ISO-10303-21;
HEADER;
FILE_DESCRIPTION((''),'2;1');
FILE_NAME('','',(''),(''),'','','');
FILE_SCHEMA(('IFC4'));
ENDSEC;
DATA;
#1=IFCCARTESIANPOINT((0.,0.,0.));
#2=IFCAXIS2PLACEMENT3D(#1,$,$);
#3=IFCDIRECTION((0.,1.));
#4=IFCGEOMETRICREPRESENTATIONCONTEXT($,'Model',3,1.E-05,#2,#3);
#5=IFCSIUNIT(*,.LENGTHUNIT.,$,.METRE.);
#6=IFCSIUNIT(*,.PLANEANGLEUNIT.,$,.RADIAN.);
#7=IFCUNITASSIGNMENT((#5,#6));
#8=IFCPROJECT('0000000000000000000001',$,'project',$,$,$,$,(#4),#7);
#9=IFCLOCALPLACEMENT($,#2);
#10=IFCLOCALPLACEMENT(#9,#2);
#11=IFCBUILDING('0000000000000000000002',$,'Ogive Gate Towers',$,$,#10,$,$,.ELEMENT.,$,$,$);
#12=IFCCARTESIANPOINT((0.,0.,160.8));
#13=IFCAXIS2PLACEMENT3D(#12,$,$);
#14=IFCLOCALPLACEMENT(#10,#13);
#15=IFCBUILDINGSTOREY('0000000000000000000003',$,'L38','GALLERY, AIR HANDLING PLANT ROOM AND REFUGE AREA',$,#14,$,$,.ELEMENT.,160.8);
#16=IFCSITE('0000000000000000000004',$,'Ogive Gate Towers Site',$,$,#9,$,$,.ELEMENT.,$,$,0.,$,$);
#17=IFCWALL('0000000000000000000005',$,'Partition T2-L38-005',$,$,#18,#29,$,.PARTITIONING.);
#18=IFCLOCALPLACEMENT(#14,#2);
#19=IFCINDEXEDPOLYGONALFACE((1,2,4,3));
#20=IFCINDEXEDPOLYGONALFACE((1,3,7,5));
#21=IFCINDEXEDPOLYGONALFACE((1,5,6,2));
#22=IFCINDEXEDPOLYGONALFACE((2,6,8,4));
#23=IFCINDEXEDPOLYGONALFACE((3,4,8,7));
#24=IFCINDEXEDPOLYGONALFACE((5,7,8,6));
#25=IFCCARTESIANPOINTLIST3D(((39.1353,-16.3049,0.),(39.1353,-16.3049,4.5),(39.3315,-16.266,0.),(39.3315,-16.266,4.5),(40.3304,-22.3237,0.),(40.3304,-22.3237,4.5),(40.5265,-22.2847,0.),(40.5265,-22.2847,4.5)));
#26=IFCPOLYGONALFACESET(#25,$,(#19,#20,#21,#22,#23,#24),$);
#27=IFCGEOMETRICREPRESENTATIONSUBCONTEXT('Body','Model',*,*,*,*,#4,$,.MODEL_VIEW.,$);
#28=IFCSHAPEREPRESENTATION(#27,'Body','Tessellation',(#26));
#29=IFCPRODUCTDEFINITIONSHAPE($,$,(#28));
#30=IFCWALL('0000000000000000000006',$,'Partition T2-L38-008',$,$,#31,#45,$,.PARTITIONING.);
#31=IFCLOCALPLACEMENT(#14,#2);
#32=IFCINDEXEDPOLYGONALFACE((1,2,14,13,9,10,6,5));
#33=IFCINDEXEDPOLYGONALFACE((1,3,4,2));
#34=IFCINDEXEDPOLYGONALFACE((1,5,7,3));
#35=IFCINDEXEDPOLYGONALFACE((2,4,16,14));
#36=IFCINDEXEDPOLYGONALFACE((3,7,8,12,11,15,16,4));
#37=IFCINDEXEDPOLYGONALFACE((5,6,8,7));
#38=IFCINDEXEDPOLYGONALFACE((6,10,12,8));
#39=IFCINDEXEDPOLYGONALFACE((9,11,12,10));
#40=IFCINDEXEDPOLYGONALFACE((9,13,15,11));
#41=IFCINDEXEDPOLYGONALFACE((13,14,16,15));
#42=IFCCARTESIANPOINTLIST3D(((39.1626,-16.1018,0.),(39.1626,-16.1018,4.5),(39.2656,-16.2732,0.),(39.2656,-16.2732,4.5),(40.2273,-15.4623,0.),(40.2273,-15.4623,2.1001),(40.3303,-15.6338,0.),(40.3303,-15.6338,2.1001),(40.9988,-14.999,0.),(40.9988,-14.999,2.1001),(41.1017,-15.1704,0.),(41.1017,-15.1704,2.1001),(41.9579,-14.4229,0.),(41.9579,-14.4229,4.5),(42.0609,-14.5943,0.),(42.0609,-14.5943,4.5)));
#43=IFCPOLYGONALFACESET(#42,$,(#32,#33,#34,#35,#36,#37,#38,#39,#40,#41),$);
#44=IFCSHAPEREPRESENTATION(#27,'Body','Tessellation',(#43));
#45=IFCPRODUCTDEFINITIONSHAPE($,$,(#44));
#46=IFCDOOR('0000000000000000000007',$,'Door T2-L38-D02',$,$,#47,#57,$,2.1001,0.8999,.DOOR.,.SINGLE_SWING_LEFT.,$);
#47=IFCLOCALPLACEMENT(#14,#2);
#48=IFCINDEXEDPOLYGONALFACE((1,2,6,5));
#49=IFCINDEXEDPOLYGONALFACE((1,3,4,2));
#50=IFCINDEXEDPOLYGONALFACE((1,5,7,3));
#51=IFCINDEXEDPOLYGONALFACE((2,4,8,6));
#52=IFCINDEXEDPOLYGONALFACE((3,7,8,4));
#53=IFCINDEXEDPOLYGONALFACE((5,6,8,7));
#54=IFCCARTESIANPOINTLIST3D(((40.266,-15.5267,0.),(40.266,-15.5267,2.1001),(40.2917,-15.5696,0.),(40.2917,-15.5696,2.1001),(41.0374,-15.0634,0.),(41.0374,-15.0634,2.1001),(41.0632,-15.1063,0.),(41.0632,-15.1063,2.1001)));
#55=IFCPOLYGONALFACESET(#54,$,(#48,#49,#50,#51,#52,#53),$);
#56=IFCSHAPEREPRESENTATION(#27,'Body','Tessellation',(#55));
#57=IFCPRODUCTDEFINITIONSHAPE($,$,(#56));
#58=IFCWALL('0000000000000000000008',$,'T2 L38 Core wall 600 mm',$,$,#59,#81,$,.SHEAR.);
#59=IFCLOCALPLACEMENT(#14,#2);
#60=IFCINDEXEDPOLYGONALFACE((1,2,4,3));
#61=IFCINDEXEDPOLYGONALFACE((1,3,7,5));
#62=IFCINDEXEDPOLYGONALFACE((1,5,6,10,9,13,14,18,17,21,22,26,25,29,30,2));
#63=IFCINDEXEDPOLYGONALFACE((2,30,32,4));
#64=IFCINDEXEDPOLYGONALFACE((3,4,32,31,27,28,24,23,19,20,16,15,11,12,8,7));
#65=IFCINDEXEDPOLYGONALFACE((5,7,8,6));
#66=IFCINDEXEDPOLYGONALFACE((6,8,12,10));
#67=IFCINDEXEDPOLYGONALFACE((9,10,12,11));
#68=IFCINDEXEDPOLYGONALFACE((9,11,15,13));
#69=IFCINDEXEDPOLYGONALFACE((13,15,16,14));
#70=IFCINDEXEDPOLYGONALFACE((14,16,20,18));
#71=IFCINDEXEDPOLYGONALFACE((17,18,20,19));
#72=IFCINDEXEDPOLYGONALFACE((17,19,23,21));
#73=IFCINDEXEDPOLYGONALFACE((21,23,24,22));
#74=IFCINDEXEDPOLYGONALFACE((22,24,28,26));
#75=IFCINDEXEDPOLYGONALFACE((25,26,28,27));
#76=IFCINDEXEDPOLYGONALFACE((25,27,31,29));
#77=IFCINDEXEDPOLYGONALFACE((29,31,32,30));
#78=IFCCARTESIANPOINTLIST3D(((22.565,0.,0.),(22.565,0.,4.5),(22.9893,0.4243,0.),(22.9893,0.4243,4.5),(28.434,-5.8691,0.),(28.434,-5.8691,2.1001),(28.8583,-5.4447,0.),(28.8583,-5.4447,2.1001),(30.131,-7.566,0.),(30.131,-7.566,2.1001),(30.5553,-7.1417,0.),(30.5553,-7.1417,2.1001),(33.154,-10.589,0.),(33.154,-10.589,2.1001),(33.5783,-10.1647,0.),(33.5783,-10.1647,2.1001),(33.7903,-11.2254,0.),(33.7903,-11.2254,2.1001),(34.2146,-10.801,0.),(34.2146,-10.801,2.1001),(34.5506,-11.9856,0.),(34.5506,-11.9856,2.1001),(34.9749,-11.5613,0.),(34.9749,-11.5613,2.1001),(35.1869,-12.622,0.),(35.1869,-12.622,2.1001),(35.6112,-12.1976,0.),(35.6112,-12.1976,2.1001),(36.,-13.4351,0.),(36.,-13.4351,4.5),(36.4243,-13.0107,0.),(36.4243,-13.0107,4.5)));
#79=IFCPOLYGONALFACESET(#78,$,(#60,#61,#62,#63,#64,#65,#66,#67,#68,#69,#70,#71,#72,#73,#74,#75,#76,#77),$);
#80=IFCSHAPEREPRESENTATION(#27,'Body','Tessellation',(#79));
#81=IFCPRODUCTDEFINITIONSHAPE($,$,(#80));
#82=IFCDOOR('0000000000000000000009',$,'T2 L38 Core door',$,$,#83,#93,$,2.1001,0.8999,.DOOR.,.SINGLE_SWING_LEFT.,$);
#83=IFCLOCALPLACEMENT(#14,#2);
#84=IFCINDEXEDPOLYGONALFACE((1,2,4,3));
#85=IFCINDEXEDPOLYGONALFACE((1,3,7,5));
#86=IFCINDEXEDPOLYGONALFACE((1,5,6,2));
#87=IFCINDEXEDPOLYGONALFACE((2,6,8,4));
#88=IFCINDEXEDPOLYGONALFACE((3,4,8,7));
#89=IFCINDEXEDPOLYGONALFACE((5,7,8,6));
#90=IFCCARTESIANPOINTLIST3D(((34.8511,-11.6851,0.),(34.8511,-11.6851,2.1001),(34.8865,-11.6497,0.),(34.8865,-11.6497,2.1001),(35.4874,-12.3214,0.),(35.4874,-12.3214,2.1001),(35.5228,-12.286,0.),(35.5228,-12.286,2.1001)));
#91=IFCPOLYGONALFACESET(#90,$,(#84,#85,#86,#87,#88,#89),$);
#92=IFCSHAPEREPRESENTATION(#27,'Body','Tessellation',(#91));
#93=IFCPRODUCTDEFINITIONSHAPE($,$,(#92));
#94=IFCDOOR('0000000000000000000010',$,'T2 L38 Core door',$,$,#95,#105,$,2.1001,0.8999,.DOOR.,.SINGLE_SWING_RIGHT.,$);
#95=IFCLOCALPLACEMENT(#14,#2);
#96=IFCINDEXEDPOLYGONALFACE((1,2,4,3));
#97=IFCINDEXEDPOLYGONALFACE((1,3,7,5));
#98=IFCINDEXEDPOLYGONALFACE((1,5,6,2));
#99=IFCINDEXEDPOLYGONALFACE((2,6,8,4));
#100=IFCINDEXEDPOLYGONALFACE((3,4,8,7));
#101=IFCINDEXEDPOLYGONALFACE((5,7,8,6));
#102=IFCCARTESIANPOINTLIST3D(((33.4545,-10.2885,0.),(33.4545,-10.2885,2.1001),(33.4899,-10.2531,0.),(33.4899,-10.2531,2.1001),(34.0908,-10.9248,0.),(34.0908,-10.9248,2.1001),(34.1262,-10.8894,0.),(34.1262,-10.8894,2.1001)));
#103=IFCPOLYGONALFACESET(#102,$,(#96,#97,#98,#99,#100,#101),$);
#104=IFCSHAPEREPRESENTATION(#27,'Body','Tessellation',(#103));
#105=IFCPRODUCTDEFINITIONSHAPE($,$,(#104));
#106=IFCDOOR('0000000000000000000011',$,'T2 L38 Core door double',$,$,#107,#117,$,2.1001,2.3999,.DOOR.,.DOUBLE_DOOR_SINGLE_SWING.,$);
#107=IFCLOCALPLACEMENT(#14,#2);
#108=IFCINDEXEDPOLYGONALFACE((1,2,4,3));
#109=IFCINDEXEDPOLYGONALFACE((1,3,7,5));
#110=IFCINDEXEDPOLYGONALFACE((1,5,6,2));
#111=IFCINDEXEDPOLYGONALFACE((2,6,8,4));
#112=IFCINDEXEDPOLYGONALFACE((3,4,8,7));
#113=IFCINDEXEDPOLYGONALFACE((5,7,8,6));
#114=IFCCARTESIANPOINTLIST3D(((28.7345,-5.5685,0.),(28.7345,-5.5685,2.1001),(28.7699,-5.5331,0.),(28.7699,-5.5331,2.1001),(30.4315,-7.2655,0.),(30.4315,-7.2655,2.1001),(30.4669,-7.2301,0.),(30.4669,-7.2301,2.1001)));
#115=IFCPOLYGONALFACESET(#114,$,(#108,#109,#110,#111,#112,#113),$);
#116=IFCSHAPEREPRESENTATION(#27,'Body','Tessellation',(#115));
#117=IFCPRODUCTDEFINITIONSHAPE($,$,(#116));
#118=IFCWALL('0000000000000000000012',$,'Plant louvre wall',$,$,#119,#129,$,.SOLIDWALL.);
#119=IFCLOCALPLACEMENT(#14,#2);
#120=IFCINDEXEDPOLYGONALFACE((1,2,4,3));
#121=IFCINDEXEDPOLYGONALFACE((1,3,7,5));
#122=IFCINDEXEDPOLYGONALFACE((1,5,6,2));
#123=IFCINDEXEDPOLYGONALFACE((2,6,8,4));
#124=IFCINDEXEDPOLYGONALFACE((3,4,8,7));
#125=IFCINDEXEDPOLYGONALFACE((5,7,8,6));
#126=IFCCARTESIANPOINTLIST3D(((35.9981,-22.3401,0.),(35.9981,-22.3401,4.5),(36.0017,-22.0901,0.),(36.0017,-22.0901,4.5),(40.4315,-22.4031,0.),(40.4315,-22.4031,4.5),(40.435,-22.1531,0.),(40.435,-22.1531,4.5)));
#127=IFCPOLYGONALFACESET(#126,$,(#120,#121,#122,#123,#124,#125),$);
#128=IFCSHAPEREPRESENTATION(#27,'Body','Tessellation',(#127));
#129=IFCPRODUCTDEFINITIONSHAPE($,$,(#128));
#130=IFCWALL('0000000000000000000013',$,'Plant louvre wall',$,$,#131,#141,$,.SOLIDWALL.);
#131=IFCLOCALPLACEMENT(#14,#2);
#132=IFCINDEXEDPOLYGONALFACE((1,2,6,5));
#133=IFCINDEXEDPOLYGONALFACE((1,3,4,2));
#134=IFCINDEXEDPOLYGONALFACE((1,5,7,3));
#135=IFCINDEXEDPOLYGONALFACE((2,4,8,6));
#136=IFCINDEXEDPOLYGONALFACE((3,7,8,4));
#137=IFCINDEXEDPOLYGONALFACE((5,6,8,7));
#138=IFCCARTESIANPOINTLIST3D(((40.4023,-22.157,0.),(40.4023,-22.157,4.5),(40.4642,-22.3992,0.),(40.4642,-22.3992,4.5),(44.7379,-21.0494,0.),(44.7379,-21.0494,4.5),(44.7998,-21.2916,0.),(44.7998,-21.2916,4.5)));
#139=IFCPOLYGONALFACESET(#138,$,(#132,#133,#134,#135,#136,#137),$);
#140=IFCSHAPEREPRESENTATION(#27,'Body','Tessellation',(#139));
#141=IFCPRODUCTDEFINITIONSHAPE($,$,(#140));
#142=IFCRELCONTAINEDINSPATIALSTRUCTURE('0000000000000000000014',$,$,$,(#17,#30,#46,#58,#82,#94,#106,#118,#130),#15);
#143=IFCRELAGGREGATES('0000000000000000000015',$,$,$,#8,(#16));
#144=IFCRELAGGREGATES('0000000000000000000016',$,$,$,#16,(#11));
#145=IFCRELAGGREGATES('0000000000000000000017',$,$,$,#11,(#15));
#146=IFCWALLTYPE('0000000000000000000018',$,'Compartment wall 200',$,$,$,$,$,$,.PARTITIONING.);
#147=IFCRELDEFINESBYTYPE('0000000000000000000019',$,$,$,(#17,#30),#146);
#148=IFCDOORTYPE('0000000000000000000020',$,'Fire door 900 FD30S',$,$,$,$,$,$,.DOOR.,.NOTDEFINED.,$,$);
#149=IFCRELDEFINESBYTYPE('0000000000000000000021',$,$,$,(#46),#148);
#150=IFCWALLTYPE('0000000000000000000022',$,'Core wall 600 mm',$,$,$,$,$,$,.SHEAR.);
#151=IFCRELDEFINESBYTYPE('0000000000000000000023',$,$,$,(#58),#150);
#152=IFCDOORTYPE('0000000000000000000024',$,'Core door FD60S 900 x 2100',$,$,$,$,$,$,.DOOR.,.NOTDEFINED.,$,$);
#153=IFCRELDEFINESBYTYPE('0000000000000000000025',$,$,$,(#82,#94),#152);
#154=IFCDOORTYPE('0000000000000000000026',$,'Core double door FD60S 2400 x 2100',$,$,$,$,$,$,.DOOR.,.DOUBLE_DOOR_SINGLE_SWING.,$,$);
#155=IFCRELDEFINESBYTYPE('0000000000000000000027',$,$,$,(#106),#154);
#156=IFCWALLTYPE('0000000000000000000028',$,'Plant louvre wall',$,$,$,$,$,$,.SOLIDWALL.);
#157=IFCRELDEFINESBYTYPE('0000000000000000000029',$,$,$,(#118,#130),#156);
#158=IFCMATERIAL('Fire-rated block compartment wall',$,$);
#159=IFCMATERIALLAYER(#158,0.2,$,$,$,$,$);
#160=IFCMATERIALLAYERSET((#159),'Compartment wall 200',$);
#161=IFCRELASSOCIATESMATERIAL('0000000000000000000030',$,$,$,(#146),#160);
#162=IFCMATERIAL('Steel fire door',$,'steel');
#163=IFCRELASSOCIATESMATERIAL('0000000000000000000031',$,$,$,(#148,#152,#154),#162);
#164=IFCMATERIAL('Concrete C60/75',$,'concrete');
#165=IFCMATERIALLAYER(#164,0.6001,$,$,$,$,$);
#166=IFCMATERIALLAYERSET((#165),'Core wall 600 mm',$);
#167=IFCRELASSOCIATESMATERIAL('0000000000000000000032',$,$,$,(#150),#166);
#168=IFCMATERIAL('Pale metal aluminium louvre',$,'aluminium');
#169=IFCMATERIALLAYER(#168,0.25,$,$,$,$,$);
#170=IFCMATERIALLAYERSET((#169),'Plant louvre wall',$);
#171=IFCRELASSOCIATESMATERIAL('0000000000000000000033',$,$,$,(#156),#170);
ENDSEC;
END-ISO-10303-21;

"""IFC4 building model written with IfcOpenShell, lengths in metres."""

from ifc_helpers import new_model, si_unit, direction, frame, frame_2d, origin, place, context, subcontext, project, spatial, rectangle, extrude, material, layer, layer_set, type_object, element, fill, save


model = new_model("IFC4")

# Units and contexts
model_context = context("Model", 3, precision=1e-05, world=origin(), true_north=direction((0.0, 1.0)))
body_context = subcontext(model_context, "Body", "Model", "MODEL_VIEW")
ifc_project = project(units=[si_unit("LENGTHUNIT", "METRE"), si_unit("PLANEANGLEUNIT", "RADIAN")], contexts=[model_context])

# Site, building, storey
site_placement = place(None, origin())
site = spatial("IfcSite", under=ifc_project, at=site_placement, Name="Ogive Gate Towers Site", CompositionType="ELEMENT", RefElevation=0.0)
building_placement = place(site_placement, origin())
building = spatial("IfcBuilding", under=site, at=building_placement, Name="Ogive Gate Towers", CompositionType="ELEMENT")
storey_placement = place(building_placement, frame((0.0, 0.0, 160.8)))
storey = spatial("IfcBuildingStorey", under=building, at=storey_placement, Name="L38", Description="GALLERY, AIR HANDLING PLANT ROOM AND REFUGE AREA", CompositionType="ELEMENT", Elevation=160.8)

# Wall
ifc_material_1 = material(Name="Fire-rated block compartment wall")
ifc_layer_1 = layer(ifc_material_1, 0.2)
ifc_layer_set_1 = layer_set([ifc_layer_1], Name="Compartment wall 200")
wall_type_1 = type_object("IfcWallType", Name="Compartment wall 200", PredefinedType="PARTITIONING", material=ifc_layer_set_1)
wall_1_placement = place(storey_placement, frame((40.4285, -22.3042, 0.0), z_axis=(0.0, 0.0, 1.0), x_axis=(-0.194754, 0.980852, 0.0)))
element("IfcWall", 1, at=wall_1_placement, inside=storey, type_object=wall_type_1, Name="Partition T2-L38-005", PredefinedType="PARTITIONING", context=body_context, shape_type="SweptSolid", body=[
    extrude(rectangle(XDim=6.1362, YDim=0.2, at=frame_2d((3.0681, 0.0))), origin(), (0.0, 0.0, 1.0), 4.5),
])

# Wall, opening, door
wall_2_placement = place(storey_placement, frame((39.2141, -16.1875, 0.0), z_axis=(0.0, 0.0, 1.0), x_axis=(0.857262, 0.514881, 0.0)))
wall_2 = element("IfcWall", 2, at=wall_2_placement, inside=storey, type_object=wall_type_1, Name="Partition T2-L38-008", PredefinedType="PARTITIONING", context=body_context, shape_type="SweptSolid", body=[
    extrude(rectangle(XDim=3.2607, YDim=0.2, at=frame_2d((1.6304, 0.0))), origin(), (0.0, 0.0, 1.0), 4.5),
])
opening_1_placement = place(wall_2_placement, frame((1.2419, 0.0, 0.0)))
opening_1 = element("IfcOpeningElement", 3, at=opening_1_placement, cuts=wall_2, PredefinedType="OPENING", context=body_context, shape_type="SweptSolid", body=[
    extrude(rectangle(XDim=0.8999, YDim=2.1001, at=frame_2d((0.45, 1.05))), frame((0.0, 0.1099, 0.0), z_axis=(0.0, -1.0, 0.0), x_axis=(1.0, 0.0, 0.0)), (0.0, 0.0, 1.0), 0.22),
])
ifc_material_2 = material(Name="Steel fire door", Category="steel")
door_type_1 = type_object("IfcDoorType", Name="Fire door 900 FD30S", OperationType="NOTDEFINED", PredefinedType="DOOR", material=ifc_material_2)
door_1_placement = place(opening_1_placement, origin())
door_1 = element("IfcDoor", 4, at=door_1_placement, inside=storey, type_object=door_type_1, Name="Door T2-L38-D02", OperationType="SINGLE_SWING_LEFT", OverallHeight=2.1001, OverallWidth=0.8999, PredefinedType="DOOR", context=body_context, shape_type="SweptSolid", body=[
    extrude(rectangle(XDim=0.8999, YDim=2.1001, at=frame_2d((0.45, 1.05))), frame((0.0, 0.0249, 0.0), z_axis=(0.0, -1.0, 0.0), x_axis=(1.0, 0.0, 0.0)), (0.0, 0.0, 1.0), 0.05),
])
fill(opening_1, door_1)

# Wall, openings, doors
ifc_material_3 = material(Name="Concrete C60/75", Category="concrete")
ifc_layer_2 = layer(ifc_material_3, 0.6001)
ifc_layer_set_2 = layer_set([ifc_layer_2], Name="Core wall 600 mm")
wall_type_2 = type_object("IfcWallType", Name="Core wall 600 mm", PredefinedType="SHEAR", material=ifc_layer_set_2)
wall_3_placement = place(storey_placement, frame((36.2122, -13.2229, 0.0), z_axis=(0.0, 0.0, 1.0), x_axis=(-0.707107, 0.707107, 0.0)))
wall_3 = element("IfcWall", 5, at=wall_3_placement, inside=storey, type_object=wall_type_2, Name="T2 L38 Core wall 600 mm", PredefinedType="SHEAR", context=body_context, shape_type="SweptSolid", body=[
    extrude(rectangle(XDim=19.0, YDim=0.6001, at=frame_2d((9.5, 0.0))), origin(), (0.0, 0.0, 1.0), 4.5),
])
opening_2_placement = place(wall_3_placement, frame((8.3, 0.0, 0.0)))
opening_2 = element("IfcOpeningElement", 6, at=opening_2_placement, cuts=wall_3, PredefinedType="OPENING", context=body_context, shape_type="SweptSolid", body=[
    extrude(rectangle(XDim=2.3999, YDim=2.1001, at=frame_2d((1.2, 1.05))), frame((0.0, 0.3101, 0.0), z_axis=(0.0, -1.0, 0.0), x_axis=(1.0, 0.0, 0.0)), (0.0, 0.0, 1.0), 0.6201),
])
opening_3_placement = place(wall_3_placement, frame((1.1499, 0.0, 0.0)))
opening_3 = element("IfcOpeningElement", 7, at=opening_3_placement, cuts=wall_3, PredefinedType="OPENING", context=body_context, shape_type="SweptSolid", body=[
    extrude(rectangle(XDim=0.8999, YDim=2.1001, at=frame_2d((0.45, 1.05))), frame((0.0, 0.3101, 0.0), z_axis=(0.0, -1.0, 0.0), x_axis=(1.0, 0.0, 0.0)), (0.0, 0.0, 1.0), 0.6201),
])
opening_4_placement = place(wall_3_placement, frame((3.125, 0.0, 0.0)))
opening_4 = element("IfcOpeningElement", 8, at=opening_4_placement, cuts=wall_3, PredefinedType="OPENING", context=body_context, shape_type="SweptSolid", body=[
    extrude(rectangle(XDim=0.8999, YDim=2.1001, at=frame_2d((0.45, 1.05))), frame((0.0, 0.3101, 0.0), z_axis=(0.0, -1.0, 0.0), x_axis=(1.0, 0.0, 0.0)), (0.0, 0.0, 1.0), 0.6201),
])
door_type_2 = type_object("IfcDoorType", Name="Core door FD60S 900 x 2100", OperationType="NOTDEFINED", PredefinedType="DOOR", material=ifc_material_2)
door_2_placement = place(opening_3_placement, origin())
door_2 = element("IfcDoor", 9, at=door_2_placement, inside=storey, type_object=door_type_2, Name="T2 L38 Core door", OperationType="SINGLE_SWING_LEFT", OverallHeight=2.1001, OverallWidth=0.8999, PredefinedType="DOOR", context=body_context, shape_type="SweptSolid", body=[
    extrude(rectangle(XDim=0.8999, YDim=2.1001, at=frame_2d((0.45, 1.05))), frame((0.0, -0.125, 0.0), z_axis=(0.0, -1.0, 0.0), x_axis=(1.0, 0.0, 0.0)), (0.0, 0.0, 1.0), 0.05),
])
fill(opening_3, door_2)
door_3_placement = place(opening_4_placement, origin())
door_3 = element("IfcDoor", 10, at=door_3_placement, inside=storey, type_object=door_type_2, Name="T2 L38 Core door", OperationType="SINGLE_SWING_RIGHT", OverallHeight=2.1001, OverallWidth=0.8999, PredefinedType="DOOR", context=body_context, shape_type="SweptSolid", body=[
    extrude(rectangle(XDim=0.8999, YDim=2.1001, at=frame_2d((0.45, 1.05))), frame((0.0, -0.125, 0.0), z_axis=(0.0, -1.0, 0.0), x_axis=(1.0, 0.0, 0.0)), (0.0, 0.0, 1.0), 0.05),
])
fill(opening_4, door_3)
door_type_3 = type_object("IfcDoorType", Name="Core double door FD60S 2400 x 2100", OperationType="DOUBLE_DOOR_SINGLE_SWING", PredefinedType="DOOR", material=ifc_material_2)
door_4_placement = place(opening_2_placement, origin())
door_4 = element("IfcDoor", 11, at=door_4_placement, inside=storey, type_object=door_type_3, Name="T2 L38 Core door double", OperationType="DOUBLE_DOOR_SINGLE_SWING", OverallHeight=2.1001, OverallWidth=2.3999, PredefinedType="DOOR", context=body_context, shape_type="SweptSolid", body=[
    extrude(rectangle(XDim=2.3999, YDim=2.1001, at=frame_2d((1.2, 1.05))), frame((0.0, -0.125, 0.0), z_axis=(0.0, -1.0, 0.0), x_axis=(1.0, 0.0, 0.0)), (0.0, 0.0, 1.0), 0.05),
])
fill(opening_2, door_4)

# Walls
ifc_material_4 = material(Name="Pale metal aluminium louvre", Category="aluminium")
ifc_layer_3 = layer(ifc_material_4, 0.25)
ifc_layer_set_3 = layer_set([ifc_layer_3], Name="Plant louvre wall")
wall_type_3 = type_object("IfcWallType", Name="Plant louvre wall", PredefinedType="SOLIDWALL", material=ifc_layer_set_3)
wall_4_placement = place(storey_placement, frame((36.0, -22.2151, 0.0), z_axis=(0.0, 0.0, 1.0), x_axis=(0.999899, -0.014206, 0.0)))
element("IfcWall", 12, at=wall_4_placement, inside=storey, type_object=wall_type_3, Name="Plant louvre wall", PredefinedType="SOLIDWALL", context=body_context, shape_type="SweptSolid", body=[
    extrude(rectangle(XDim=4.4338, YDim=0.25, at=frame_2d((2.2168, 0.0))), origin(), (0.0, 0.0, 1.0), 4.5),
])
wall_5_placement = place(storey_placement, frame((40.4333, -22.2781, 0.0), z_axis=(0.0, 0.0, 1.0), x_axis=(0.968881, 0.247526, 0.0)))
element("IfcWall", 13, at=wall_5_placement, inside=storey, type_object=wall_type_3, Name="Plant louvre wall", PredefinedType="SOLIDWALL", context=body_context, shape_type="SweptSolid", body=[
    extrude(rectangle(XDim=4.4749, YDim=0.25, at=frame_2d((2.2373, 0.0))), origin(), (0.0, 0.0, 1.0), 4.5),
])

save(model, "model.ifc")
